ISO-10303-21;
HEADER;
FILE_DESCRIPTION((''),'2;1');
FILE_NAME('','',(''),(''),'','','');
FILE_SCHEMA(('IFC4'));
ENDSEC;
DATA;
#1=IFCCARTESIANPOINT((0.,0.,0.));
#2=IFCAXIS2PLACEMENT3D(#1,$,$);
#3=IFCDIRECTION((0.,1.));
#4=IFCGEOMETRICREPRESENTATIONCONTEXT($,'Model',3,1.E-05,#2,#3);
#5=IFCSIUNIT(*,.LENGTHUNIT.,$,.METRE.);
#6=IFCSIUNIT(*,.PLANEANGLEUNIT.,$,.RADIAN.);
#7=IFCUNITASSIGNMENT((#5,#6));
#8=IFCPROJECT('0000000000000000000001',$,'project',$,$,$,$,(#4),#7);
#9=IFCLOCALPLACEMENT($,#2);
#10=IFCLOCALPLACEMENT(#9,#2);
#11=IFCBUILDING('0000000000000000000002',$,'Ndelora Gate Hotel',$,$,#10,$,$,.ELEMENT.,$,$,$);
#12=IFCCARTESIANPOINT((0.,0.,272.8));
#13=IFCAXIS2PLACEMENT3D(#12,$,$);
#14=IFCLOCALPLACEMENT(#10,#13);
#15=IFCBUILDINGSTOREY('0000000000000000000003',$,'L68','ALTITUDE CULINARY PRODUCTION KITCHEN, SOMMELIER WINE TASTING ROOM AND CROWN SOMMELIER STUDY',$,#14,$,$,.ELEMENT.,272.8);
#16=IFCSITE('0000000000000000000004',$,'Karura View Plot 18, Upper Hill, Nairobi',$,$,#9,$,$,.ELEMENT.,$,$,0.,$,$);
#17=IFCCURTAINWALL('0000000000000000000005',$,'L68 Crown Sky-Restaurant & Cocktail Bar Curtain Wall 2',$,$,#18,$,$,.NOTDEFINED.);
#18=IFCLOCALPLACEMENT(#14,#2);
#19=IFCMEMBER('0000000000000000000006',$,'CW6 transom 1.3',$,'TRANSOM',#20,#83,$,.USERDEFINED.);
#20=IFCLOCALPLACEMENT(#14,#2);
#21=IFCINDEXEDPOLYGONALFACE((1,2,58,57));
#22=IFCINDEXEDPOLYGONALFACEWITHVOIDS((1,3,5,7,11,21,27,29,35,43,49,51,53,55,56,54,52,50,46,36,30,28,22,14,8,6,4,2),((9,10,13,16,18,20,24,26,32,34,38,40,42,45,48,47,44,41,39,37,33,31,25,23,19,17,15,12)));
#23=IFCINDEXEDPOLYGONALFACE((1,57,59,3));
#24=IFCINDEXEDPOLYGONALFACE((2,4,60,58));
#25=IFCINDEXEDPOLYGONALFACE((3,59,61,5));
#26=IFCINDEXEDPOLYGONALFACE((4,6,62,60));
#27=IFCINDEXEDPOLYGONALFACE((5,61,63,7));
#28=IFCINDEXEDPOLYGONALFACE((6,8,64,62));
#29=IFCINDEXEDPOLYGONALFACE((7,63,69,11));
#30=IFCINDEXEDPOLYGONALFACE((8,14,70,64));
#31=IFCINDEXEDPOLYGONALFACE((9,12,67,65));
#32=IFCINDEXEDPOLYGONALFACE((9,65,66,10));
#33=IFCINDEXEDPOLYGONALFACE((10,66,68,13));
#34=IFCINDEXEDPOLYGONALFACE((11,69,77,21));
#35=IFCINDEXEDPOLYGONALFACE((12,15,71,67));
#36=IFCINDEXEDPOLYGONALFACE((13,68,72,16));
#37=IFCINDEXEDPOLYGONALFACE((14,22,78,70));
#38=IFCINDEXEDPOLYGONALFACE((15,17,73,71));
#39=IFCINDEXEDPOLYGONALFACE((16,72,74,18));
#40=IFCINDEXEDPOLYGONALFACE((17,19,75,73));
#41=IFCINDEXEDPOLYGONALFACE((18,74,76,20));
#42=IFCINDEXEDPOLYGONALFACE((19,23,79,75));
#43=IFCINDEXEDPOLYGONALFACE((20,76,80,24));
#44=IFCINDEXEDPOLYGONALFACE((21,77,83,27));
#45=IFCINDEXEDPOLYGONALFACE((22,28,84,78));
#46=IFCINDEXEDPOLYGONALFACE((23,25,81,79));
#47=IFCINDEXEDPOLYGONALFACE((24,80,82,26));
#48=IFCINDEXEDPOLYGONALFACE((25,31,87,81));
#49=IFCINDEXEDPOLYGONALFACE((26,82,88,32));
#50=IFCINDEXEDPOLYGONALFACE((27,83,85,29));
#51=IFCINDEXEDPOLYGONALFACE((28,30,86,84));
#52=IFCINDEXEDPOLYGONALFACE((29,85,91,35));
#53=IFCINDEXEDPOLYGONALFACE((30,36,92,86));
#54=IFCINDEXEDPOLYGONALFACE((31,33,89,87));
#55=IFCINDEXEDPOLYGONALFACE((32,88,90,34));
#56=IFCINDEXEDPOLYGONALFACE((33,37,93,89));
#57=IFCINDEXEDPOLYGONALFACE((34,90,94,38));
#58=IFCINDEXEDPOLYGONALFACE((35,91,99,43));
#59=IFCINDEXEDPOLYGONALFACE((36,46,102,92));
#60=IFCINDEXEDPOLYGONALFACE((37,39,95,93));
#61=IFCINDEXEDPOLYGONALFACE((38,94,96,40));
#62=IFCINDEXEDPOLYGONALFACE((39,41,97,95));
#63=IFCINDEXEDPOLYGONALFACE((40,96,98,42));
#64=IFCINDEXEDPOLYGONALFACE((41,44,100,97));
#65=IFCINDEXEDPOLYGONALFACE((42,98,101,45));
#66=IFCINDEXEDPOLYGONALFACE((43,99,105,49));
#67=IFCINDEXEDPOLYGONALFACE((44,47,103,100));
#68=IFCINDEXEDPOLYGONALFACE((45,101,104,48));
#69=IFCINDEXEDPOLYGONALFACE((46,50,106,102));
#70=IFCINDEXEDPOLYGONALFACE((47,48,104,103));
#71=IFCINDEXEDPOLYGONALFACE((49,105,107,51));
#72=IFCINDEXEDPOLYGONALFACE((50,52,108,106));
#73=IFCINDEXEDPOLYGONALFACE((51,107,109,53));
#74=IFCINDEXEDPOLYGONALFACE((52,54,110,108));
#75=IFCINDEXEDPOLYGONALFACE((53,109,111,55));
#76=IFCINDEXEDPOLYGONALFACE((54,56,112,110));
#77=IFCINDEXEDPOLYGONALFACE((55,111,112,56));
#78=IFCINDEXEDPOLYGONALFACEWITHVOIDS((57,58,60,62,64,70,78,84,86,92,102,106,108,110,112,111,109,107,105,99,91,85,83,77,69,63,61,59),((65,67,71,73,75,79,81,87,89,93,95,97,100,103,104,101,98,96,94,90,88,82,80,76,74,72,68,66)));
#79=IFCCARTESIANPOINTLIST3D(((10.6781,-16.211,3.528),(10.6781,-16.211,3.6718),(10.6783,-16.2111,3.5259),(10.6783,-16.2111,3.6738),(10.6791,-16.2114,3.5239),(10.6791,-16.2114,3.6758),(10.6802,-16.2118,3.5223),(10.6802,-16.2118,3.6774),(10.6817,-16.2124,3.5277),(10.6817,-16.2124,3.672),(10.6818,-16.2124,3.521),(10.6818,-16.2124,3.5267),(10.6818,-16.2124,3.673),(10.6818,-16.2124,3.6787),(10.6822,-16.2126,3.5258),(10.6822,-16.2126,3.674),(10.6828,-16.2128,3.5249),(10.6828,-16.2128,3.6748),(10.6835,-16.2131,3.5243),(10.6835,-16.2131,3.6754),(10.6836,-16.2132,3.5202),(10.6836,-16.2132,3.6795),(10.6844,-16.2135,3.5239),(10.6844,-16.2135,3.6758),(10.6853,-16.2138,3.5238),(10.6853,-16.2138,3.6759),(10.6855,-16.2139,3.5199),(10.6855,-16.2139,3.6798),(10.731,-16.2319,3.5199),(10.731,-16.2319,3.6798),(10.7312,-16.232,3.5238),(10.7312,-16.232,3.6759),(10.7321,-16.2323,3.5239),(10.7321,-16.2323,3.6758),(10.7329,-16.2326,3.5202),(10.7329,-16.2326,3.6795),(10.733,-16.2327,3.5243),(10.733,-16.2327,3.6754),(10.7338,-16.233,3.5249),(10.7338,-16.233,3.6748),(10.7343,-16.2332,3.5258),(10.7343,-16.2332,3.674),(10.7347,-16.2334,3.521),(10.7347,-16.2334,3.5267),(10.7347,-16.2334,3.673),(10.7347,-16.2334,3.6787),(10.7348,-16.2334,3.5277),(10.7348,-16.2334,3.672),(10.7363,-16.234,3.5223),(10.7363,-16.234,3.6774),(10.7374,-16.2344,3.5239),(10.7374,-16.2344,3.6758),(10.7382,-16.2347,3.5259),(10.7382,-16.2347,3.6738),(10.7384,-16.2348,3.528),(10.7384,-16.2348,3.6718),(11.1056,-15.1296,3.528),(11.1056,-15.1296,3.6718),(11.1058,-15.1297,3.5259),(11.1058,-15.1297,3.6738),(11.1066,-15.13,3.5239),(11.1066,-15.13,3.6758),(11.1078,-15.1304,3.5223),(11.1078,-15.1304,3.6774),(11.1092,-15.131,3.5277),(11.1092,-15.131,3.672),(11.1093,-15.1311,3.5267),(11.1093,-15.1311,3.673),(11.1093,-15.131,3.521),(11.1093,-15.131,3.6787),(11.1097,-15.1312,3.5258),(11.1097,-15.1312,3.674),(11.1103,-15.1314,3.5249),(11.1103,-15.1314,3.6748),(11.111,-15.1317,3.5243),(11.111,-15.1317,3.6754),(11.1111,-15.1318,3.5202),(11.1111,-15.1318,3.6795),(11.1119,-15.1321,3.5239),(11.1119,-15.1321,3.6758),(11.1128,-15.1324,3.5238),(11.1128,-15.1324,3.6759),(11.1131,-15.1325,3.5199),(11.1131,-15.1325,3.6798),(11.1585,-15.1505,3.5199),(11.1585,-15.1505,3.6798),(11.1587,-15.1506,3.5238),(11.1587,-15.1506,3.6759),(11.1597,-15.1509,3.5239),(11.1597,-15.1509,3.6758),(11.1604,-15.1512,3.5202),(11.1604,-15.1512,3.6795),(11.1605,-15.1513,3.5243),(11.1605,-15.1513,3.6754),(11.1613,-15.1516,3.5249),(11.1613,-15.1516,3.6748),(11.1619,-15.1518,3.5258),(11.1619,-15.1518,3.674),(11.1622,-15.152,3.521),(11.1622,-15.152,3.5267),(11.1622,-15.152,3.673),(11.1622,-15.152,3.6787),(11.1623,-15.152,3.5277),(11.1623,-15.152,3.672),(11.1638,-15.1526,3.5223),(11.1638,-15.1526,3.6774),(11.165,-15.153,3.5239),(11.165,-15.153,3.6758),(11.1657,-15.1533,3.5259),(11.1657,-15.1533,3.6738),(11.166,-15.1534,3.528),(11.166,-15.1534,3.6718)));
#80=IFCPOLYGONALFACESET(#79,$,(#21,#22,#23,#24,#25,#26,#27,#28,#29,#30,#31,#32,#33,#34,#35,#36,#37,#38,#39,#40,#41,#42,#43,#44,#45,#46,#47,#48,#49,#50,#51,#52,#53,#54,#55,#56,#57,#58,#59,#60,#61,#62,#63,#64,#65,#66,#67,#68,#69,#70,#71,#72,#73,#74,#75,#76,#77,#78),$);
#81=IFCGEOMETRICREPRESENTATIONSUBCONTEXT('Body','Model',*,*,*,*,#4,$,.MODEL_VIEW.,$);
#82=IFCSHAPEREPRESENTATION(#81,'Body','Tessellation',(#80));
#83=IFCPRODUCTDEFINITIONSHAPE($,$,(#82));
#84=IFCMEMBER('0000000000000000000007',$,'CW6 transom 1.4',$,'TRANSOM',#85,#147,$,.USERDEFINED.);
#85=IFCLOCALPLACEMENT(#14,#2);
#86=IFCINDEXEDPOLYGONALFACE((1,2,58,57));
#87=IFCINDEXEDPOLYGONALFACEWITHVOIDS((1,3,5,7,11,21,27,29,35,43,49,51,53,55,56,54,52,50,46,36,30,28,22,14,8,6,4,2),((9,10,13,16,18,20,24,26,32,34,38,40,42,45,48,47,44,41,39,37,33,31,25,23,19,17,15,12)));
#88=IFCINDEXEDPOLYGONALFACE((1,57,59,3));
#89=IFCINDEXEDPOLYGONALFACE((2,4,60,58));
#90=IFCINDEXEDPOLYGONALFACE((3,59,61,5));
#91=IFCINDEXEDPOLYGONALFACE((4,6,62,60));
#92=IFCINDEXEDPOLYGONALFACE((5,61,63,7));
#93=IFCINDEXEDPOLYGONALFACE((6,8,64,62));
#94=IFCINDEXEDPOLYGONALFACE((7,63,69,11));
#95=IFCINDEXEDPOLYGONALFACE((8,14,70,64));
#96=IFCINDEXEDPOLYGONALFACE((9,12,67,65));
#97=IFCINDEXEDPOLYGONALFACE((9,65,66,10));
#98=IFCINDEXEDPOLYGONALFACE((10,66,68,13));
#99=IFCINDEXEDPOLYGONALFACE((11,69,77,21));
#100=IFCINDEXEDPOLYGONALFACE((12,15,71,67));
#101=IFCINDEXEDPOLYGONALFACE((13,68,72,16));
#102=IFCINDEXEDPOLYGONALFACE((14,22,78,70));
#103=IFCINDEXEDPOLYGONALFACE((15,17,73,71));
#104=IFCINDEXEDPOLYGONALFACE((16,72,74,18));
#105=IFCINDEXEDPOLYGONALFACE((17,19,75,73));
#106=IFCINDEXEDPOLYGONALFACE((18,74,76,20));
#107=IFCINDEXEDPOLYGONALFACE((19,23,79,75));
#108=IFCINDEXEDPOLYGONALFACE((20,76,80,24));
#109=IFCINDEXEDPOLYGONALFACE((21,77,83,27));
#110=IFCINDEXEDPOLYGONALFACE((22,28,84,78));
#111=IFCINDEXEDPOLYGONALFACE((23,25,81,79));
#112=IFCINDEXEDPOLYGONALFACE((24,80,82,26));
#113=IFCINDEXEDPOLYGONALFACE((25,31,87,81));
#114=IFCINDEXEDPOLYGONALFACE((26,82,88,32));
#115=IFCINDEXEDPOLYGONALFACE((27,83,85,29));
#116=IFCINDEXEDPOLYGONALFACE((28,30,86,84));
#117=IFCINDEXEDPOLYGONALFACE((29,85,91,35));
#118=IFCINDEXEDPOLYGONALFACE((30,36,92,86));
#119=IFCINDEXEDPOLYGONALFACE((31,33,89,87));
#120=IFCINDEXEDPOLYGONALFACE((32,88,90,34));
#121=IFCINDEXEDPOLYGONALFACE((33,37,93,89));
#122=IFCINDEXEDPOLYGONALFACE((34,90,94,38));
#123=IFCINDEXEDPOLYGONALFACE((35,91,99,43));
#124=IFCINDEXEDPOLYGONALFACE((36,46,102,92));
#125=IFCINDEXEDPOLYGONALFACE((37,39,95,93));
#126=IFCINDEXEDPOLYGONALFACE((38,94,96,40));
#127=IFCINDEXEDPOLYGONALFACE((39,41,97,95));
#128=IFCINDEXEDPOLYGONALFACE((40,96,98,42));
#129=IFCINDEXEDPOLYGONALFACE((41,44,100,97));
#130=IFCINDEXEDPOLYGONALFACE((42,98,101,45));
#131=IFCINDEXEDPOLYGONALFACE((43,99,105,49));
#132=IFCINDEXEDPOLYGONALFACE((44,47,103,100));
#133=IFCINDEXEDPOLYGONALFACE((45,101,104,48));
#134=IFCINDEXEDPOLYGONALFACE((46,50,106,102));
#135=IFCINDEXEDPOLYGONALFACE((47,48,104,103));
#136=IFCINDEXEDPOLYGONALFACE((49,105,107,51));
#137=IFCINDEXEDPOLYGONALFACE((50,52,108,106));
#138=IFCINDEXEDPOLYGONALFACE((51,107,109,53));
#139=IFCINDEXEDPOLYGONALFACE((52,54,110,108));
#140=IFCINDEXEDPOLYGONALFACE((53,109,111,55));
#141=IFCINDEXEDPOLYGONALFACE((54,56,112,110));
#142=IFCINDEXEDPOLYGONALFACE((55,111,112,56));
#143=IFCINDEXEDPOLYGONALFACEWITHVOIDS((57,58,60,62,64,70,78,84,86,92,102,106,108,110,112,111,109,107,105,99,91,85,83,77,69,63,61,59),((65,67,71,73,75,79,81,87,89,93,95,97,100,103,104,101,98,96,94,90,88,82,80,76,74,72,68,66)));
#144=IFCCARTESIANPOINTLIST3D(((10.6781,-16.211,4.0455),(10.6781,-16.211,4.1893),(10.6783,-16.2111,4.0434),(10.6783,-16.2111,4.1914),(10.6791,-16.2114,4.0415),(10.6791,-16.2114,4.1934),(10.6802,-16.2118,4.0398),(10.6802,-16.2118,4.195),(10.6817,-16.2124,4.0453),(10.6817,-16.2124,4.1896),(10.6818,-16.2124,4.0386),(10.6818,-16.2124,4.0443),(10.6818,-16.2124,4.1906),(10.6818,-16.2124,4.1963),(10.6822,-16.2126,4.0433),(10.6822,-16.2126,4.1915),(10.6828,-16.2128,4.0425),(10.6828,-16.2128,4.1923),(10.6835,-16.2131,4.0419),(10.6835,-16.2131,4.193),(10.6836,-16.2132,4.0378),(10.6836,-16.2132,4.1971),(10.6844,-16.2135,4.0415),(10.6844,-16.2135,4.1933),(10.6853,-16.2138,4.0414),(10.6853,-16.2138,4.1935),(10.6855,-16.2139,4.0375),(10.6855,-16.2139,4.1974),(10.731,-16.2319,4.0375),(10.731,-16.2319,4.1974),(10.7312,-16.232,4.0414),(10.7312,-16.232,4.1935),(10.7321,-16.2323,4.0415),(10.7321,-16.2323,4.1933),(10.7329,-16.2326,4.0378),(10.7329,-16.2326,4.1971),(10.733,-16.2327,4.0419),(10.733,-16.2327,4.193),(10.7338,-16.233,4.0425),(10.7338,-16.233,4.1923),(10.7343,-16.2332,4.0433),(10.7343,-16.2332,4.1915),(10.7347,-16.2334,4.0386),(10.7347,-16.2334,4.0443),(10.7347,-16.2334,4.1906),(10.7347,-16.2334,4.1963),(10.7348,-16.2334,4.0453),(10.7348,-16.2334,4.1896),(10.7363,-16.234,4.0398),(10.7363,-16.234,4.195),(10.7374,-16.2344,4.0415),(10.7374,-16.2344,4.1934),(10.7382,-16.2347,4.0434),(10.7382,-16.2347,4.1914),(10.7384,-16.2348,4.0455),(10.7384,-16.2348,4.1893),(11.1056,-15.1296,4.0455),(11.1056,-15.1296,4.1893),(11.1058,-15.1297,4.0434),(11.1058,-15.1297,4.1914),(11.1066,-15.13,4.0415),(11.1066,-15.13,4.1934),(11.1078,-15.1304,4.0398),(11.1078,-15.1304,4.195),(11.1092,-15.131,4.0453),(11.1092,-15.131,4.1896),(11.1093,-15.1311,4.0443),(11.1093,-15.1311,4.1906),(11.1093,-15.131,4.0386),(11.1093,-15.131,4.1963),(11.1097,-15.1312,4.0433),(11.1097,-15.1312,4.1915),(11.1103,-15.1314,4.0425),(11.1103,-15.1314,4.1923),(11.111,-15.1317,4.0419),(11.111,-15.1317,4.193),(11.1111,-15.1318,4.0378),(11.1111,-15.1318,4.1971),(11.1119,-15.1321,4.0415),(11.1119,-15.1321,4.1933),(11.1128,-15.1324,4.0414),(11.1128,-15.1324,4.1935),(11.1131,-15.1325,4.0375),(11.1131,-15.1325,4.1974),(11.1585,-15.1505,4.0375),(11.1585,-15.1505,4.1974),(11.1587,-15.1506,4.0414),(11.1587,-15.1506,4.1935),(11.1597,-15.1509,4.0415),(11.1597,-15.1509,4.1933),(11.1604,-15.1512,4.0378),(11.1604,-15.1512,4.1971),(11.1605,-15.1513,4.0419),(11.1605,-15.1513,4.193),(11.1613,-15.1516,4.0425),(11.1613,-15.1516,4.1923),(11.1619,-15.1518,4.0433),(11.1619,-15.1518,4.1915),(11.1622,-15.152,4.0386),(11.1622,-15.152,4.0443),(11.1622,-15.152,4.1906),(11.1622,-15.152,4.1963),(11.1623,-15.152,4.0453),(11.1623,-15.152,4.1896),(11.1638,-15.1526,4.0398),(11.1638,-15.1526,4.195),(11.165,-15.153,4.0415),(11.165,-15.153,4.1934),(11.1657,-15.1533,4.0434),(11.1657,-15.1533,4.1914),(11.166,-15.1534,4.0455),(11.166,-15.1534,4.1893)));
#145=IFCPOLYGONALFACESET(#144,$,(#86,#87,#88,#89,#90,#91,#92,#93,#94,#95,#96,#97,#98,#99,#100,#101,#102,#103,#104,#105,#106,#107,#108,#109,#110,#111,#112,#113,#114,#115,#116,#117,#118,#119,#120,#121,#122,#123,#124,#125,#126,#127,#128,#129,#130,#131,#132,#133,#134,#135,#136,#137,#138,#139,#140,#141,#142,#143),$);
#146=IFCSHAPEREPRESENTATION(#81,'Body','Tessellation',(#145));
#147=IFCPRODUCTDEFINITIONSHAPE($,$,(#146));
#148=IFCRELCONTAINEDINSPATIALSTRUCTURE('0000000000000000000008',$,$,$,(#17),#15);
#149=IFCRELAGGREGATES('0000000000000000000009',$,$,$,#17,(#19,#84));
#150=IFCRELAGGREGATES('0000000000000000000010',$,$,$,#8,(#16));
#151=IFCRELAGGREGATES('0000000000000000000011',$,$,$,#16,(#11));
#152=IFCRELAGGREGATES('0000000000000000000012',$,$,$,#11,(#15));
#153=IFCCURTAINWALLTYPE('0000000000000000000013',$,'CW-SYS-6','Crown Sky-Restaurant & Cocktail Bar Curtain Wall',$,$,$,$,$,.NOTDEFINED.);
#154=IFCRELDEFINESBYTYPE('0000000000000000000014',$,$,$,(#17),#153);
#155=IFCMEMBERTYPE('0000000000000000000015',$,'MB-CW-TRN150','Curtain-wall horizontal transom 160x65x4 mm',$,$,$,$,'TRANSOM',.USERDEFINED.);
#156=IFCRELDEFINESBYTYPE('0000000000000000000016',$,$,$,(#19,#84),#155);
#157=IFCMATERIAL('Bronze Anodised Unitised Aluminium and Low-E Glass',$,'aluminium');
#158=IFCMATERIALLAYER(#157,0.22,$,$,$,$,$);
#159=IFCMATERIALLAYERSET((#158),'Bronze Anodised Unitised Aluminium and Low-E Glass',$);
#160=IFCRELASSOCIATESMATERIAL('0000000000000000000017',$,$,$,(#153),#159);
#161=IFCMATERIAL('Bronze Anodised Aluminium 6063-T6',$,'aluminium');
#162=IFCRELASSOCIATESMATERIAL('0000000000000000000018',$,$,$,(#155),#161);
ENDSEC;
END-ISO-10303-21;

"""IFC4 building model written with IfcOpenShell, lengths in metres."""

from ifc_helpers import new_model, si_unit, direction, frame, origin, origin_2d, place, context, subcontext, project, spatial, hollow_rectangle, extrude, material, layer, layer_set, material_profile, profile_set, type_object, element, aggregate, save


model = new_model("IFC4")

# Units and contexts
model_context = context("Model", 3, precision=1e-05, world=origin(), true_north=direction((0.0, 1.0)))
body_context = subcontext(model_context, "Body", "Model", "MODEL_VIEW")
ifc_project = project(units=[si_unit("LENGTHUNIT", "METRE"), si_unit("PLANEANGLEUNIT", "RADIAN")], contexts=[model_context])

# Site, building, storey
site_placement = place(None, origin())
site = spatial("IfcSite", under=ifc_project, at=site_placement, Name="Karura View Plot 18, Upper Hill, Nairobi", CompositionType="ELEMENT", RefElevation=0.0)
building_placement = place(site_placement, origin())
building = spatial("IfcBuilding", under=site, at=building_placement, Name="Ndelora Gate Hotel", CompositionType="ELEMENT")
storey_placement = place(building_placement, frame((0.0, 0.0, 272.8)))
storey = spatial("IfcBuildingStorey", under=building, at=storey_placement, Name="L68", Description="ALTITUDE CULINARY PRODUCTION KITCHEN, SOMMELIER WINE TASTING ROOM AND CROWN SOMMELIER STUDY", CompositionType="ELEMENT", Elevation=272.8)

# Curtain wall, members
ifc_material_1 = material(Name="Bronze Anodised Unitised Aluminium and Low-E Glass", Category="aluminium")
ifc_layer_1 = layer(ifc_material_1, 0.22)
ifc_layer_set_1 = layer_set([ifc_layer_1], Name="Bronze Anodised Unitised Aluminium and Low-E Glass")
curtain_wall_type = type_object("IfcCurtainWallType", Name="CW-SYS-6", Description="Crown Sky-Restaurant & Cocktail Bar Curtain Wall", PredefinedType="NOTDEFINED", material=ifc_layer_set_1)
curtain_wall_placement = place(storey_placement, origin())
curtain_wall = element("IfcCurtainWall", 1, at=curtain_wall_placement, inside=storey, type_object=curtain_wall_type, Name="L68 Crown Sky-Restaurant & Cocktail Bar Curtain Wall 2", PredefinedType="NOTDEFINED")
ifc_material_2 = material(Name="Bronze Anodised Aluminium 6063-T6", Category="aluminium")
ifc_material_profile_1 = material_profile(ifc_material_2, hollow_rectangle(XDim=0.0649, YDim=0.1599, WallThickness=0.0039, InnerFilletRadius=0.0039, OuterFilletRadius=0.0081, at=origin_2d()), Name="ALU 160x65x4")
ifc_profile_set_1 = profile_set([ifc_material_profile_1], Name="Bronze Anodised Aluminium 6063-T6")
member_type_1 = type_object("IfcMemberType", Name="MB-CW-TRN150", Description="Curtain-wall horizontal transom 160x65x4 mm", ElementType="TRANSOM", PredefinedType="USERDEFINED", material=ifc_profile_set_1)
member_1_placement = place(storey_placement, frame((10.7083, -16.2229, 3.5999), z_axis=(0.367659, 0.929961, 0.0), x_axis=(-0.929961, 0.367659, 0.0)))
member_1 = element("IfcMember", 2, at=member_1_placement, type_object=member_type_1, Name="CW6 transom 1.3", ObjectType="TRANSOM", PredefinedType="USERDEFINED", context=body_context, shape_type="SweptSolid", body=[
    extrude(hollow_rectangle(XDim=0.0649, YDim=0.1599, WallThickness=0.0039, InnerFilletRadius=0.0039, OuterFilletRadius=0.0081, at=origin_2d()), origin(), (0.0, 0.0, 1.0), 1.1628),
])
member_2_placement = place(storey_placement, frame((10.7083, -16.2229, 4.1174), z_axis=(0.367659, 0.929961, 0.0), x_axis=(-0.929961, 0.367659, 0.0)))
member_2 = element("IfcMember", 3, at=member_2_placement, type_object=member_type_1, Name="CW6 transom 1.4", ObjectType="TRANSOM", PredefinedType="USERDEFINED", context=body_context, shape_type="SweptSolid", body=[
    extrude(hollow_rectangle(XDim=0.0649, YDim=0.1599, WallThickness=0.0039, InnerFilletRadius=0.0039, OuterFilletRadius=0.0081, at=origin_2d()), origin(), (0.0, 0.0, 1.0), 1.1628),
])
aggregate(curtain_wall, [member_1, member_2])

save(model, "model.ifc")
